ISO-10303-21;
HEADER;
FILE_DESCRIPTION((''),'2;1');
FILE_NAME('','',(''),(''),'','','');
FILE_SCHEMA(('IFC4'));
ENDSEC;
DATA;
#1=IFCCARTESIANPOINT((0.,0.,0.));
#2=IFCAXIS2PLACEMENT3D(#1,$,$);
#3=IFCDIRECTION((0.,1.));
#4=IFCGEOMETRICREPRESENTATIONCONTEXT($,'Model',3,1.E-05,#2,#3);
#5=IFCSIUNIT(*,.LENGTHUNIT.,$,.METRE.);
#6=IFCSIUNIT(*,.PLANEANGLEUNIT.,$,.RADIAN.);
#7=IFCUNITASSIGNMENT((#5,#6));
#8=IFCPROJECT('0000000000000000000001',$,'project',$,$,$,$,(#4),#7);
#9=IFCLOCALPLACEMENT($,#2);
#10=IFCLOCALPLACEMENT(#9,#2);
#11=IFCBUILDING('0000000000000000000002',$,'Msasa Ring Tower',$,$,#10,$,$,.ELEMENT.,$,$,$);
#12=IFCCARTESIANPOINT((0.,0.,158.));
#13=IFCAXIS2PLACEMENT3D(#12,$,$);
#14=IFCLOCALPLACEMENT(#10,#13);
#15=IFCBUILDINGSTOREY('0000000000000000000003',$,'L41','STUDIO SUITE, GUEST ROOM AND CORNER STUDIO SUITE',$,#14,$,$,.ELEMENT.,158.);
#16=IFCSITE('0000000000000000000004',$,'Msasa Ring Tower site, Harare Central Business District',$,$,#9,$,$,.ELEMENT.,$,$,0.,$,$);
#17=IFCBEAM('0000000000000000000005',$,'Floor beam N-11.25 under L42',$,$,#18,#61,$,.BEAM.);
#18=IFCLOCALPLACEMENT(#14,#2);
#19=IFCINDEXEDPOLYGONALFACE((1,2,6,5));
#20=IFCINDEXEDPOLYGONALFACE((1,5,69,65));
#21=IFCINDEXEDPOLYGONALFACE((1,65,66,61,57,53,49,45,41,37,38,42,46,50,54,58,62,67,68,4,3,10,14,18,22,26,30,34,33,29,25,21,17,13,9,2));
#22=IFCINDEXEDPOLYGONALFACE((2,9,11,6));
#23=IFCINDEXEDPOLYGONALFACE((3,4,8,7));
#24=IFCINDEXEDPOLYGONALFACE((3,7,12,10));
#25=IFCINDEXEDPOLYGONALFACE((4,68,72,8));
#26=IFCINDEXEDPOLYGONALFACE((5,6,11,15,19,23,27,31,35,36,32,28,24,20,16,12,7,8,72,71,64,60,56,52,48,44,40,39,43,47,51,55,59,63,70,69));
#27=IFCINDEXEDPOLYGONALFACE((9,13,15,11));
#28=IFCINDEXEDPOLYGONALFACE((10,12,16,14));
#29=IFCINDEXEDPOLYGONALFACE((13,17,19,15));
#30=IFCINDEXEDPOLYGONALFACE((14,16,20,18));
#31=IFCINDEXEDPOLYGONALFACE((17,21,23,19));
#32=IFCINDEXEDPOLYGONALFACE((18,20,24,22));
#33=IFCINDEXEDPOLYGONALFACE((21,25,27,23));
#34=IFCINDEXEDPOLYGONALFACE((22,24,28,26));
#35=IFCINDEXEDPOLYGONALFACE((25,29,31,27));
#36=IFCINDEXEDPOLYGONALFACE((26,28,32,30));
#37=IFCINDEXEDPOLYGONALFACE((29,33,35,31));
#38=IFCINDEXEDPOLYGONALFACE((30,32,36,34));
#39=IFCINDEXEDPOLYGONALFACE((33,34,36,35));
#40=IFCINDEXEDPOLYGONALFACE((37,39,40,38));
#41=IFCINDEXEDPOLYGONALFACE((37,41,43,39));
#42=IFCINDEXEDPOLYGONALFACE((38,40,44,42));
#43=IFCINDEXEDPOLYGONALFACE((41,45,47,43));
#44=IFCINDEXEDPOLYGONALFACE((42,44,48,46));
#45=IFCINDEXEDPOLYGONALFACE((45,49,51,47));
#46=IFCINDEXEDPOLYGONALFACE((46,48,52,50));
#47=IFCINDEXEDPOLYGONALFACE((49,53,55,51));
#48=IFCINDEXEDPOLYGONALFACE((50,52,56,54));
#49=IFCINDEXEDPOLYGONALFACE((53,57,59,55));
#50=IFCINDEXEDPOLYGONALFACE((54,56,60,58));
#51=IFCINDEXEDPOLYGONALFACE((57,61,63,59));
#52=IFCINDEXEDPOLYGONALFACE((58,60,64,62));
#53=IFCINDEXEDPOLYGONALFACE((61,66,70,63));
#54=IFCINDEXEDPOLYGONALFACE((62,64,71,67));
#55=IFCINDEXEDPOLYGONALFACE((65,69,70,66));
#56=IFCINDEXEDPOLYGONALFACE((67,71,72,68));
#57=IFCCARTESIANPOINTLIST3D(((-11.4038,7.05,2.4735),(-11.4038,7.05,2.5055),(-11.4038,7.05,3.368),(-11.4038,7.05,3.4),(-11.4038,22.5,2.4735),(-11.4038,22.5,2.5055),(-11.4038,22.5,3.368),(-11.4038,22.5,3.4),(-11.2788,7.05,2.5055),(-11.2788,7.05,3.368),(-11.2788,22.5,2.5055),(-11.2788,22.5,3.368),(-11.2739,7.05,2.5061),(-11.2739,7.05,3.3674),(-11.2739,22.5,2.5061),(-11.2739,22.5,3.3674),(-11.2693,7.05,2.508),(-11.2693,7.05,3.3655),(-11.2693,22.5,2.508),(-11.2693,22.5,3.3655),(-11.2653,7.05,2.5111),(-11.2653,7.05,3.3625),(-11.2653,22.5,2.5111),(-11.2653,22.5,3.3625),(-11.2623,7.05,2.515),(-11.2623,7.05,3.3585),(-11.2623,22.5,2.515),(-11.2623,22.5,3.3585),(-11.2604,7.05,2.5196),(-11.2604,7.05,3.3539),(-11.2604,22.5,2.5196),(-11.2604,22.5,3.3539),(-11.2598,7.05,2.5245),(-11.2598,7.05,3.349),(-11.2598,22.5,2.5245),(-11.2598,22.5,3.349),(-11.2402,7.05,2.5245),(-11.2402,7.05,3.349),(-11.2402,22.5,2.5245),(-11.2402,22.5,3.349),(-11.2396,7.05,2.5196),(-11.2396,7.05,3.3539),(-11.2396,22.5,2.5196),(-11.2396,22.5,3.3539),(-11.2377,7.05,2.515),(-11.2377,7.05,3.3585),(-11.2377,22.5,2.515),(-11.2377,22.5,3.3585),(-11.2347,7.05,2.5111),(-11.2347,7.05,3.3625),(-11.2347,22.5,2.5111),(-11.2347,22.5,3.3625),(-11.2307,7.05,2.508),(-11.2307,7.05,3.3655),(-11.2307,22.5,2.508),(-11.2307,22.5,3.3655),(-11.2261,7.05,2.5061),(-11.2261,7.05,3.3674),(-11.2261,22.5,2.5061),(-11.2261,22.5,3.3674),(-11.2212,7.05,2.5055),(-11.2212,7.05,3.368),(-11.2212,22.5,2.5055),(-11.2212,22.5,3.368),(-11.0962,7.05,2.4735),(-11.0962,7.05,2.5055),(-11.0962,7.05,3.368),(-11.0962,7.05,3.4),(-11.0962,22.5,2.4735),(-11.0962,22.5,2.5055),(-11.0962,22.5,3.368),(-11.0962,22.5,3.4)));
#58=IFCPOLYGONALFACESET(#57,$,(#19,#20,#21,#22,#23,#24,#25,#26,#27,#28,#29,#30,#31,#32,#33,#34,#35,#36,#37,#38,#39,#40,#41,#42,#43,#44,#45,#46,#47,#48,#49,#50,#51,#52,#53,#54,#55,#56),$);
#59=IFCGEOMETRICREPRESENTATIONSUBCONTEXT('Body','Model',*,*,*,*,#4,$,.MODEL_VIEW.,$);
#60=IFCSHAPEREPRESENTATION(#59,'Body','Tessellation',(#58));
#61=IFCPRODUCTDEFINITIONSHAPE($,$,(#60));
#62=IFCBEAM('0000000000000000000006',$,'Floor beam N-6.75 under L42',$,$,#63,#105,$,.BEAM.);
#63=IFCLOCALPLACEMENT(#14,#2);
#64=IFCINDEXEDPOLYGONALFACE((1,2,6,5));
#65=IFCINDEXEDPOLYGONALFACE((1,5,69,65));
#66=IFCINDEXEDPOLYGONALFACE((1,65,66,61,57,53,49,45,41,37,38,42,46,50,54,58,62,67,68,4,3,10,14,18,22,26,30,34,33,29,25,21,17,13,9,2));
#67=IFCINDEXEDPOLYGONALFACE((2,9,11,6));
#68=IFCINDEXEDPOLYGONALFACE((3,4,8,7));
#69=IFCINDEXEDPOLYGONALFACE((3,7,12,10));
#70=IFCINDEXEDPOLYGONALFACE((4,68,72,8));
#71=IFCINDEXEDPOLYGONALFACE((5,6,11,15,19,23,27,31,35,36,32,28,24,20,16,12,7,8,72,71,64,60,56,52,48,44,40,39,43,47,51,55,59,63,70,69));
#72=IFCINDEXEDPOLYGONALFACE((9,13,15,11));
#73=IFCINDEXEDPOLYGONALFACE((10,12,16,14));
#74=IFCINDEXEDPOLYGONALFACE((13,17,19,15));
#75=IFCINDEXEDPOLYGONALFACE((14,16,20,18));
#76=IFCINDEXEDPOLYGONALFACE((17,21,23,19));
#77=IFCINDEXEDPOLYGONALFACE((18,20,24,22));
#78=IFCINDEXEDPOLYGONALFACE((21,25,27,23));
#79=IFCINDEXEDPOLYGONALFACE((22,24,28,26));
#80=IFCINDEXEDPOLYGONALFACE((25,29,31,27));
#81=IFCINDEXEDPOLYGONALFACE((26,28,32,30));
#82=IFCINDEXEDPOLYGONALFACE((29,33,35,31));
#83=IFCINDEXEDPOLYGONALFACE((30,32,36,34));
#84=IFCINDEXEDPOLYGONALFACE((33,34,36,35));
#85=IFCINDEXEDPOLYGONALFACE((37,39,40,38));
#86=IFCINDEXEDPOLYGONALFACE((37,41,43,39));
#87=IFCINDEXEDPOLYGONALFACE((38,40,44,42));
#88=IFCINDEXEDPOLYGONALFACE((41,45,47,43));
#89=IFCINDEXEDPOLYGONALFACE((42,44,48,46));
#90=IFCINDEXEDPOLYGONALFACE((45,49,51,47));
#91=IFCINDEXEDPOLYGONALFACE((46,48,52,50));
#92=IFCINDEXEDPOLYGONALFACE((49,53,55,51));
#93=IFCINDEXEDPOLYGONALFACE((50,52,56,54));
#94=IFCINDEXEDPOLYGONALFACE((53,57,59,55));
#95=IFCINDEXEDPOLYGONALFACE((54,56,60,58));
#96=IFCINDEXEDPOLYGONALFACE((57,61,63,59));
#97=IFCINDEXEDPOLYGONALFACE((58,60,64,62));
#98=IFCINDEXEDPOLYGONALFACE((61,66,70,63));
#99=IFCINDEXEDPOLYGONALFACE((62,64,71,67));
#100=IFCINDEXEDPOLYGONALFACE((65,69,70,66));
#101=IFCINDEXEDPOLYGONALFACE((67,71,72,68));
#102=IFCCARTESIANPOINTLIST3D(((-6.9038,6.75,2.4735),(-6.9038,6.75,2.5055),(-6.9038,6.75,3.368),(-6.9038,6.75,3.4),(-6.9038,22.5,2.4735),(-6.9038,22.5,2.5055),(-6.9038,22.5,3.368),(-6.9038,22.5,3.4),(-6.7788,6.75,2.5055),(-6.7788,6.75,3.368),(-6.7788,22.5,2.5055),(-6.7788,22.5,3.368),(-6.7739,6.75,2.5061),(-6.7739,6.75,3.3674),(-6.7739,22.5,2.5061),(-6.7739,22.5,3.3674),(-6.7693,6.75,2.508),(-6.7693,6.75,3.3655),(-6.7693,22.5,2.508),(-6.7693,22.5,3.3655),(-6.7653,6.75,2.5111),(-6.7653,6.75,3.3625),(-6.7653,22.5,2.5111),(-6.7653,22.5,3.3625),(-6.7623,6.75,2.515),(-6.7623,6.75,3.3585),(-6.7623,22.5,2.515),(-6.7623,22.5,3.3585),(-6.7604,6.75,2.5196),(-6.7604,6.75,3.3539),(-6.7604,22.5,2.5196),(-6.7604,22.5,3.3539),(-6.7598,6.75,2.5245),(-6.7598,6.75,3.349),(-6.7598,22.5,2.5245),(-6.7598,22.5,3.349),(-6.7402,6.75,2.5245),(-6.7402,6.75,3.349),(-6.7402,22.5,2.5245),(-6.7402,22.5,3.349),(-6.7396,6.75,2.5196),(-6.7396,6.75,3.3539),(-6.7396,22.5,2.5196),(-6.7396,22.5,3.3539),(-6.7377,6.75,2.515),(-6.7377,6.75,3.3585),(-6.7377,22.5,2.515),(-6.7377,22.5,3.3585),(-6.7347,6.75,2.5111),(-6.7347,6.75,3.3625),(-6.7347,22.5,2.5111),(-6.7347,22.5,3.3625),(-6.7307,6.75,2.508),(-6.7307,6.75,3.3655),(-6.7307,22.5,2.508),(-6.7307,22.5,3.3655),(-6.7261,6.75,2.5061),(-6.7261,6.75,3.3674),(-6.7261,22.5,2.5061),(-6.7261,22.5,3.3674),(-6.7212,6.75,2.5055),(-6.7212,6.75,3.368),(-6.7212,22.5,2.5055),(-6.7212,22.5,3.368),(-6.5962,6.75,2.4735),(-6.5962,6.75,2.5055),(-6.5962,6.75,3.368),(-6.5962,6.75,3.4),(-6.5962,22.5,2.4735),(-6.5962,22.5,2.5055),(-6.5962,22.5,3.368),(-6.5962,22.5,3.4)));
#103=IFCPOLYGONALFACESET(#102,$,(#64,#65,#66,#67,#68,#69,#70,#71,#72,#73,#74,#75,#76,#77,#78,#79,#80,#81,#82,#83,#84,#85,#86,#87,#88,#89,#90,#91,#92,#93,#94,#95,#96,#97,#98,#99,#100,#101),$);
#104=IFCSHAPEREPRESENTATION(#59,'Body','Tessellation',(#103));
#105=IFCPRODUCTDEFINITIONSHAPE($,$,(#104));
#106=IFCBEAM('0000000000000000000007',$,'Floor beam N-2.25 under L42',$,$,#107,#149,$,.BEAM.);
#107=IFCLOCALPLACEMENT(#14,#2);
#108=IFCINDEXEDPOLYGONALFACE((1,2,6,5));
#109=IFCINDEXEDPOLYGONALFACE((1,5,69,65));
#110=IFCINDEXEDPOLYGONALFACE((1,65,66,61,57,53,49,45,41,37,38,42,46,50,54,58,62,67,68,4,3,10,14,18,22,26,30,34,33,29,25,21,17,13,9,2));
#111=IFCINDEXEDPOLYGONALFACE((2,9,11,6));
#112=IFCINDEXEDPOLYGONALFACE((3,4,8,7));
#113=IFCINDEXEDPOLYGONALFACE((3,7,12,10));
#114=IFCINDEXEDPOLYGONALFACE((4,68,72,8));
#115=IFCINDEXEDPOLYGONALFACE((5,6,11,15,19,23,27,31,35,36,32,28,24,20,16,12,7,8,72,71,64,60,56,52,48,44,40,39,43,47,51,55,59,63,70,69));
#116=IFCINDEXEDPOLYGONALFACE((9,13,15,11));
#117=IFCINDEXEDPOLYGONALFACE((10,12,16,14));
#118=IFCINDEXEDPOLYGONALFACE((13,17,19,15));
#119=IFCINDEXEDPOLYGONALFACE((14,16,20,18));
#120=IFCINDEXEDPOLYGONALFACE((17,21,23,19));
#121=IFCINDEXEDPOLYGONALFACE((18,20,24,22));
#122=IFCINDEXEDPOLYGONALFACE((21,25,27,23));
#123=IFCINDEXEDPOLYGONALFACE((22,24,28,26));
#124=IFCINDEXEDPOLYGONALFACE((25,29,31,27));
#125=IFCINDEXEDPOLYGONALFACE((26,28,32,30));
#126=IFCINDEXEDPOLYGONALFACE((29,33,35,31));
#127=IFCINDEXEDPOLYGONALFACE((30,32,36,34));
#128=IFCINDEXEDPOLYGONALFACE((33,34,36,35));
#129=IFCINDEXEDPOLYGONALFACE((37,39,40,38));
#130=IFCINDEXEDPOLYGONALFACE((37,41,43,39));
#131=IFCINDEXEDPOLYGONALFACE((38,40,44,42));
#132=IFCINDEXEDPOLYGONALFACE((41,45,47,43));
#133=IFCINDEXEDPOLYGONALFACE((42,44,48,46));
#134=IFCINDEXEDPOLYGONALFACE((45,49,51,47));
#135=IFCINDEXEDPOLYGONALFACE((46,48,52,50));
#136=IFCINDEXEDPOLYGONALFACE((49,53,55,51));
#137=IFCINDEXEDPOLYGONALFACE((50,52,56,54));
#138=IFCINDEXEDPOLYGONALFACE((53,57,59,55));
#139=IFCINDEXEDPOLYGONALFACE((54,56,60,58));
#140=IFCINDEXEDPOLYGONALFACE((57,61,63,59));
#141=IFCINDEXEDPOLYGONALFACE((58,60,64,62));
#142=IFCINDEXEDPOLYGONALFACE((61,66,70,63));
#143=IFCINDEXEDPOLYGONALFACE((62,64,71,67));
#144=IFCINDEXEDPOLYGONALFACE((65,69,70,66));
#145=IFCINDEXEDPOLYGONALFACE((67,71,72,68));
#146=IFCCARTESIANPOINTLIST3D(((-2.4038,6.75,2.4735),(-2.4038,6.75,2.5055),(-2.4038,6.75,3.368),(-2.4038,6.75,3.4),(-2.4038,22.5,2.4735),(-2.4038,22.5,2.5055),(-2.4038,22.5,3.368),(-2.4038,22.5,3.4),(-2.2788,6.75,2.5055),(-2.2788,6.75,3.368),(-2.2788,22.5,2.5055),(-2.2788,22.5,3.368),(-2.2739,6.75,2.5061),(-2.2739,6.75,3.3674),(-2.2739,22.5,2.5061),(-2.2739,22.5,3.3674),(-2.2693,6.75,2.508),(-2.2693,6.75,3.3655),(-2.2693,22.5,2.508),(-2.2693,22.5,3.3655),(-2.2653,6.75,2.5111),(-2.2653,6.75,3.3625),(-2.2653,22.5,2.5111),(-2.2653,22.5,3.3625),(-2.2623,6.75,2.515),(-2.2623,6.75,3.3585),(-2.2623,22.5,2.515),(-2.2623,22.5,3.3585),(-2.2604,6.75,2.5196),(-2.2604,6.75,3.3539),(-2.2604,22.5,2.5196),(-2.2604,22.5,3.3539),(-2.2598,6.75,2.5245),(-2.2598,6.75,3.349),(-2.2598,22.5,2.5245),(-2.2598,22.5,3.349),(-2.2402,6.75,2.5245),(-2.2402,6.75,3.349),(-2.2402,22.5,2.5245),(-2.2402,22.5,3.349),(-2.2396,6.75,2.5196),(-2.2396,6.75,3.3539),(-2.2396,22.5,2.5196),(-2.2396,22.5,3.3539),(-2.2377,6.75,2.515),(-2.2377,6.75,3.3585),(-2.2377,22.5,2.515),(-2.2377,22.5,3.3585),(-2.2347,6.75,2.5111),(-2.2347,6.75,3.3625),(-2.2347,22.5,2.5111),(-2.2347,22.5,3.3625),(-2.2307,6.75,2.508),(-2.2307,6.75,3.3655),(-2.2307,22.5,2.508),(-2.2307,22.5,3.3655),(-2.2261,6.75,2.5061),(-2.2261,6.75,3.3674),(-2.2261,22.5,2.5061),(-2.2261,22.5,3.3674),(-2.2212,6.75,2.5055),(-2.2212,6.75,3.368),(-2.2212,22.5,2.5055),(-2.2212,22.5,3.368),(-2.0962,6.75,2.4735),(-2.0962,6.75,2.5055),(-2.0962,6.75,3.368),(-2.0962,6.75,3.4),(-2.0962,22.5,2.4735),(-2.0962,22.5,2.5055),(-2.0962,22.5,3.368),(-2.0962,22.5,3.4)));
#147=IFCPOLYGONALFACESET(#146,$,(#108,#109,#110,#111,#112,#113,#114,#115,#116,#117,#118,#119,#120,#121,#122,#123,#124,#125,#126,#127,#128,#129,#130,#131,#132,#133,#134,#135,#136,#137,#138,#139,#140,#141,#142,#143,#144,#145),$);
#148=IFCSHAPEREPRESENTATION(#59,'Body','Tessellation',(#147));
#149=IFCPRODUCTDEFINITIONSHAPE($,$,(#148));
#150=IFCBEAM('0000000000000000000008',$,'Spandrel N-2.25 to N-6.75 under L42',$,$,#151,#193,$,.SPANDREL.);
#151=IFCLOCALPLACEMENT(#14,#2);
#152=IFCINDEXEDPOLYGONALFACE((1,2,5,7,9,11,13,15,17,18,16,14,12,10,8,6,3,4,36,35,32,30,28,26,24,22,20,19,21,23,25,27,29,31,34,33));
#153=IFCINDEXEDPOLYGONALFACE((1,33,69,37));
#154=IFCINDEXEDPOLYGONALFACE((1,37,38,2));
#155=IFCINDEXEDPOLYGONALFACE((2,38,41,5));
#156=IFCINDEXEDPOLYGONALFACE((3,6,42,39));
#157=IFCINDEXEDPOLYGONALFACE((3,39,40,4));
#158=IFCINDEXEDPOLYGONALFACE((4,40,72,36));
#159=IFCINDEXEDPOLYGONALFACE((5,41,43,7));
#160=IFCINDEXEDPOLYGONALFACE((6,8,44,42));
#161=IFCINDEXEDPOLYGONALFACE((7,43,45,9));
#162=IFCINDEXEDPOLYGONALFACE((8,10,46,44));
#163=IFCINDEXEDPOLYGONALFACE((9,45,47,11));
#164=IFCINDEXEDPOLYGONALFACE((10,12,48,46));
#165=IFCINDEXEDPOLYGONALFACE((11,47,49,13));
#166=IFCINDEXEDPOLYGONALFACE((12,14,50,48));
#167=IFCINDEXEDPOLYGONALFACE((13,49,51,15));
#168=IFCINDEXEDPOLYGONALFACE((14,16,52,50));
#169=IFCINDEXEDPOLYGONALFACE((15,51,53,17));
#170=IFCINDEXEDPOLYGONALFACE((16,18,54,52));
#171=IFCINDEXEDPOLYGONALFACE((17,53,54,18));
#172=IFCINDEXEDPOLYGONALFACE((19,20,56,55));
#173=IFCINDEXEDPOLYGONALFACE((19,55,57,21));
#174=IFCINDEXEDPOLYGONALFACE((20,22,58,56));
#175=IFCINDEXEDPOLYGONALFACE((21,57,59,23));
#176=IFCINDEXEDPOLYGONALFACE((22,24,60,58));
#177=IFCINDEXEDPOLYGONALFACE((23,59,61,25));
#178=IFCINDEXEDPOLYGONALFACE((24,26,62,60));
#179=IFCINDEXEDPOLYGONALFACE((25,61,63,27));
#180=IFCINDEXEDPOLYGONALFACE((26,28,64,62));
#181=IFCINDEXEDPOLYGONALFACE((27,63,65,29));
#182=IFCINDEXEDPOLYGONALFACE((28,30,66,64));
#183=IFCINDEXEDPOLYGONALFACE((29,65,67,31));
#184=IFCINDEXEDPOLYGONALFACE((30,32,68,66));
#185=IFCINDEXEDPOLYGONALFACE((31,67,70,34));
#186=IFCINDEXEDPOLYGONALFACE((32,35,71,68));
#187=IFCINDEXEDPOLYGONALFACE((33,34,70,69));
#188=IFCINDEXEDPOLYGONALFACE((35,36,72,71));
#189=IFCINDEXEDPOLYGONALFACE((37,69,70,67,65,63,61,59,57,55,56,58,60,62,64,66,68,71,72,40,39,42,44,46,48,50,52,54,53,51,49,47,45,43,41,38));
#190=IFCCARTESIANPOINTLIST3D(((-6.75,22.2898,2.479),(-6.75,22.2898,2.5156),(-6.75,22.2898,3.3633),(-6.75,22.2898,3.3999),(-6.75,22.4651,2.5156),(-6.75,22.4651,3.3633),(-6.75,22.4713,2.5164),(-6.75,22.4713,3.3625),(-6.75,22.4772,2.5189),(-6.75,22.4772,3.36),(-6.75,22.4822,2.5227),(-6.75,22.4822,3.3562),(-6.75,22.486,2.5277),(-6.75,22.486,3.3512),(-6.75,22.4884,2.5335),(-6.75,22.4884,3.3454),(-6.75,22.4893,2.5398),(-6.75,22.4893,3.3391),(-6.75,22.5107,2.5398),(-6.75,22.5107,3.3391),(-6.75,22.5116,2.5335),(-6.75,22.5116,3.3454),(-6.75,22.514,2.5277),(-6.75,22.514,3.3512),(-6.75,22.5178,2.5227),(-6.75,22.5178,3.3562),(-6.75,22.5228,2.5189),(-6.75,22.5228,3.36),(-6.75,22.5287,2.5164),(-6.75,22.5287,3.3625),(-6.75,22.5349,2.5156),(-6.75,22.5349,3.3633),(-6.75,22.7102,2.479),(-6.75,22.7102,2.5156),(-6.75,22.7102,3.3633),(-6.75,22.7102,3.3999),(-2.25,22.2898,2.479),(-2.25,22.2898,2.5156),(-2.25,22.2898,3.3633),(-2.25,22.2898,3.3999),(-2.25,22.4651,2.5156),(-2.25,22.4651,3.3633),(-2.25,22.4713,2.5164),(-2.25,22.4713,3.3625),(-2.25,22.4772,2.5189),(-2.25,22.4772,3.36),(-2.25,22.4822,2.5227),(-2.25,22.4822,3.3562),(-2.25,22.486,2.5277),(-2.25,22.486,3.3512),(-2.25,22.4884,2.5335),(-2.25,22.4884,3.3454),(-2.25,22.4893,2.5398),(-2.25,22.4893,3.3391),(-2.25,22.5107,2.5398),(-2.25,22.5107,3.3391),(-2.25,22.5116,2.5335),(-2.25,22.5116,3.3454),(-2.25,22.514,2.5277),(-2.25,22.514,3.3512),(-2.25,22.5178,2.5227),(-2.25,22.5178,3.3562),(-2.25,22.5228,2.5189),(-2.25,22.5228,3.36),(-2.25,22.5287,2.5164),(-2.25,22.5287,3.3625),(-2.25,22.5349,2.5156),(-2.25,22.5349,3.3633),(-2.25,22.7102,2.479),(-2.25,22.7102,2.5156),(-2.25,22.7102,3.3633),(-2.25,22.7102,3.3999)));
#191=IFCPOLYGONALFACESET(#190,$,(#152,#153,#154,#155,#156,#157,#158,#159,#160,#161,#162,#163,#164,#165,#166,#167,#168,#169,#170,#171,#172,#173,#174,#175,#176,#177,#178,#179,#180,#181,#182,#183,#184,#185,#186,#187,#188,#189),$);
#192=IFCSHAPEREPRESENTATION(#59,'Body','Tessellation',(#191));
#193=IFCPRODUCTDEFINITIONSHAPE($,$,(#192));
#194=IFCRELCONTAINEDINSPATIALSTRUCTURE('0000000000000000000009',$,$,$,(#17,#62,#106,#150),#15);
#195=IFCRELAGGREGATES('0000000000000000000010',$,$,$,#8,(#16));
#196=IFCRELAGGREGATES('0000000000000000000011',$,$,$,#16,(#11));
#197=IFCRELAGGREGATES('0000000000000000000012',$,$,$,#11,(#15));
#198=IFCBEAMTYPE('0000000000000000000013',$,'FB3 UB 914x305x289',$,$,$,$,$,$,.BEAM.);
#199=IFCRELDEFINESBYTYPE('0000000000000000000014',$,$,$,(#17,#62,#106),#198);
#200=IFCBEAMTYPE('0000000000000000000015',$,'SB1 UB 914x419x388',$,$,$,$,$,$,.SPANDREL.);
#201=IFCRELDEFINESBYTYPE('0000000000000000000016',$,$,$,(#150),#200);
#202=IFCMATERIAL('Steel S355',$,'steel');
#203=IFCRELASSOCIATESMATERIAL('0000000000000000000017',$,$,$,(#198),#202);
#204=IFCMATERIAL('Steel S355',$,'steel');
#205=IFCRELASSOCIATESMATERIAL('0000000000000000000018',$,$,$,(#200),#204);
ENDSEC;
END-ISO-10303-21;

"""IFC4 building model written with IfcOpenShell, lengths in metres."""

from ifc_helpers import new_model, si_unit, direction, frame, origin, origin_2d, place, context, subcontext, project, spatial, i_section, extrude, material, material_profile, profile_set, type_object, element, save


model = new_model("IFC4")

# Units and contexts
model_context = context("Model", 3, precision=1e-05, world=origin(), true_north=direction((0.0, 1.0)))
body_context = subcontext(model_context, "Body", "Model", "MODEL_VIEW")
ifc_project = project(units=[si_unit("LENGTHUNIT", "METRE"), si_unit("PLANEANGLEUNIT", "RADIAN")], contexts=[model_context])

# Site, building, storey
site_placement = place(None, origin())
site = spatial("IfcSite", under=ifc_project, at=site_placement, Name="Msasa Ring Tower site, Harare Central Business District", CompositionType="ELEMENT", RefElevation=0.0)
building_placement = place(site_placement, origin())
building = spatial("IfcBuilding", under=site, at=building_placement, Name="Msasa Ring Tower", CompositionType="ELEMENT")
storey_placement = place(building_placement, frame((0.0, 0.0, 158.0)))
storey = spatial("IfcBuildingStorey", under=building, at=storey_placement, Name="L41", Description="STUDIO SUITE, GUEST ROOM AND CORNER STUDIO SUITE", CompositionType="ELEMENT", Elevation=158.0)

# Beams
ifc_material_1 = material(Name="Steel S355", Category="steel")
ifc_material_profile_1 = material_profile(ifc_material_1, i_section(OverallWidth=0.3076, OverallDepth=0.9265, WebThickness=0.0195, FlangeThickness=0.032, FilletRadius=0.019, at=origin_2d()), Name="UB 914x305x289")
ifc_profile_set_1 = profile_set([ifc_material_profile_1], Name="Steel S355")
beam_type_1 = type_object("IfcBeamType", Name="FB3 UB 914x305x289", PredefinedType="BEAM", material=ifc_profile_set_1)
for number, where, z_axis, x_axis, name in (
    (1, (-11.25, 22.5, 2.9368), (0.0, -1.0, 0.0), (1.0, 0.0, 0.0), "Floor beam N-11.25 under L42"),
):
    element("IfcBeam", number, at=place(storey_placement, frame(where, z_axis=z_axis, x_axis=x_axis)), inside=storey, type_object=beam_type_1, Name=name, PredefinedType="BEAM", context=body_context, shape_type="SweptSolid", body=[
        extrude(i_section(OverallWidth=0.3076, OverallDepth=0.9265, WebThickness=0.0195, FlangeThickness=0.032, FilletRadius=0.019, at=origin_2d()), origin(), (0.0, 0.0, 1.0), 15.45),
    ])
for number, where, z_axis, x_axis, name in (
    (2, (-6.75, 22.5, 2.9368), (0.0, -1.0, 0.0), (1.0, 0.0, 0.0), "Floor beam N-6.75 under L42"),
    (3, (-2.25, 22.5, 2.9368), (0.0, -1.0, 0.0), (1.0, 0.0, 0.0), "Floor beam N-2.25 under L42"),
):
    element("IfcBeam", number, at=place(storey_placement, frame(where, z_axis=z_axis, x_axis=x_axis)), inside=storey, type_object=beam_type_1, Name=name, PredefinedType="BEAM", context=body_context, shape_type="SweptSolid", body=[
        extrude(i_section(OverallWidth=0.3076, OverallDepth=0.9265, WebThickness=0.0195, FlangeThickness=0.032, FilletRadius=0.019, at=origin_2d()), origin(), (0.0, 0.0, 1.0), 15.75),
    ])
ifc_material_2 = material(Name="Steel S355", Category="steel")
ifc_material_profile_2 = material_profile(ifc_material_2, i_section(OverallWidth=0.4204, OverallDepth=0.9209, WebThickness=0.0215, FlangeThickness=0.0366, FilletRadius=0.0242, at=origin_2d()), Name="UB 914x419x388")
ifc_profile_set_2 = profile_set([ifc_material_profile_2], Name="Steel S355")
beam_type_2 = type_object("IfcBeamType", Name="SB1 UB 914x419x388", PredefinedType="SPANDREL", material=ifc_profile_set_2)
for number, where, z_axis, x_axis, name in (
    (4, (-2.25, 22.5, 2.9395), (-1.0, 0.0, 0.0), (0.0, -1.0, 0.0), "Spandrel N-2.25 to N-6.75 under L42"),
):
    element("IfcBeam", number, at=place(storey_placement, frame(where, z_axis=z_axis, x_axis=x_axis)), inside=storey, type_object=beam_type_2, Name=name, PredefinedType="SPANDREL", context=body_context, shape_type="SweptSolid", body=[
        extrude(i_section(OverallWidth=0.4204, OverallDepth=0.9209, WebThickness=0.0215, FlangeThickness=0.0366, FilletRadius=0.0242, at=origin_2d()), origin(), (0.0, 0.0, 1.0), 4.5),
    ])

save(model, "model.ifc")
